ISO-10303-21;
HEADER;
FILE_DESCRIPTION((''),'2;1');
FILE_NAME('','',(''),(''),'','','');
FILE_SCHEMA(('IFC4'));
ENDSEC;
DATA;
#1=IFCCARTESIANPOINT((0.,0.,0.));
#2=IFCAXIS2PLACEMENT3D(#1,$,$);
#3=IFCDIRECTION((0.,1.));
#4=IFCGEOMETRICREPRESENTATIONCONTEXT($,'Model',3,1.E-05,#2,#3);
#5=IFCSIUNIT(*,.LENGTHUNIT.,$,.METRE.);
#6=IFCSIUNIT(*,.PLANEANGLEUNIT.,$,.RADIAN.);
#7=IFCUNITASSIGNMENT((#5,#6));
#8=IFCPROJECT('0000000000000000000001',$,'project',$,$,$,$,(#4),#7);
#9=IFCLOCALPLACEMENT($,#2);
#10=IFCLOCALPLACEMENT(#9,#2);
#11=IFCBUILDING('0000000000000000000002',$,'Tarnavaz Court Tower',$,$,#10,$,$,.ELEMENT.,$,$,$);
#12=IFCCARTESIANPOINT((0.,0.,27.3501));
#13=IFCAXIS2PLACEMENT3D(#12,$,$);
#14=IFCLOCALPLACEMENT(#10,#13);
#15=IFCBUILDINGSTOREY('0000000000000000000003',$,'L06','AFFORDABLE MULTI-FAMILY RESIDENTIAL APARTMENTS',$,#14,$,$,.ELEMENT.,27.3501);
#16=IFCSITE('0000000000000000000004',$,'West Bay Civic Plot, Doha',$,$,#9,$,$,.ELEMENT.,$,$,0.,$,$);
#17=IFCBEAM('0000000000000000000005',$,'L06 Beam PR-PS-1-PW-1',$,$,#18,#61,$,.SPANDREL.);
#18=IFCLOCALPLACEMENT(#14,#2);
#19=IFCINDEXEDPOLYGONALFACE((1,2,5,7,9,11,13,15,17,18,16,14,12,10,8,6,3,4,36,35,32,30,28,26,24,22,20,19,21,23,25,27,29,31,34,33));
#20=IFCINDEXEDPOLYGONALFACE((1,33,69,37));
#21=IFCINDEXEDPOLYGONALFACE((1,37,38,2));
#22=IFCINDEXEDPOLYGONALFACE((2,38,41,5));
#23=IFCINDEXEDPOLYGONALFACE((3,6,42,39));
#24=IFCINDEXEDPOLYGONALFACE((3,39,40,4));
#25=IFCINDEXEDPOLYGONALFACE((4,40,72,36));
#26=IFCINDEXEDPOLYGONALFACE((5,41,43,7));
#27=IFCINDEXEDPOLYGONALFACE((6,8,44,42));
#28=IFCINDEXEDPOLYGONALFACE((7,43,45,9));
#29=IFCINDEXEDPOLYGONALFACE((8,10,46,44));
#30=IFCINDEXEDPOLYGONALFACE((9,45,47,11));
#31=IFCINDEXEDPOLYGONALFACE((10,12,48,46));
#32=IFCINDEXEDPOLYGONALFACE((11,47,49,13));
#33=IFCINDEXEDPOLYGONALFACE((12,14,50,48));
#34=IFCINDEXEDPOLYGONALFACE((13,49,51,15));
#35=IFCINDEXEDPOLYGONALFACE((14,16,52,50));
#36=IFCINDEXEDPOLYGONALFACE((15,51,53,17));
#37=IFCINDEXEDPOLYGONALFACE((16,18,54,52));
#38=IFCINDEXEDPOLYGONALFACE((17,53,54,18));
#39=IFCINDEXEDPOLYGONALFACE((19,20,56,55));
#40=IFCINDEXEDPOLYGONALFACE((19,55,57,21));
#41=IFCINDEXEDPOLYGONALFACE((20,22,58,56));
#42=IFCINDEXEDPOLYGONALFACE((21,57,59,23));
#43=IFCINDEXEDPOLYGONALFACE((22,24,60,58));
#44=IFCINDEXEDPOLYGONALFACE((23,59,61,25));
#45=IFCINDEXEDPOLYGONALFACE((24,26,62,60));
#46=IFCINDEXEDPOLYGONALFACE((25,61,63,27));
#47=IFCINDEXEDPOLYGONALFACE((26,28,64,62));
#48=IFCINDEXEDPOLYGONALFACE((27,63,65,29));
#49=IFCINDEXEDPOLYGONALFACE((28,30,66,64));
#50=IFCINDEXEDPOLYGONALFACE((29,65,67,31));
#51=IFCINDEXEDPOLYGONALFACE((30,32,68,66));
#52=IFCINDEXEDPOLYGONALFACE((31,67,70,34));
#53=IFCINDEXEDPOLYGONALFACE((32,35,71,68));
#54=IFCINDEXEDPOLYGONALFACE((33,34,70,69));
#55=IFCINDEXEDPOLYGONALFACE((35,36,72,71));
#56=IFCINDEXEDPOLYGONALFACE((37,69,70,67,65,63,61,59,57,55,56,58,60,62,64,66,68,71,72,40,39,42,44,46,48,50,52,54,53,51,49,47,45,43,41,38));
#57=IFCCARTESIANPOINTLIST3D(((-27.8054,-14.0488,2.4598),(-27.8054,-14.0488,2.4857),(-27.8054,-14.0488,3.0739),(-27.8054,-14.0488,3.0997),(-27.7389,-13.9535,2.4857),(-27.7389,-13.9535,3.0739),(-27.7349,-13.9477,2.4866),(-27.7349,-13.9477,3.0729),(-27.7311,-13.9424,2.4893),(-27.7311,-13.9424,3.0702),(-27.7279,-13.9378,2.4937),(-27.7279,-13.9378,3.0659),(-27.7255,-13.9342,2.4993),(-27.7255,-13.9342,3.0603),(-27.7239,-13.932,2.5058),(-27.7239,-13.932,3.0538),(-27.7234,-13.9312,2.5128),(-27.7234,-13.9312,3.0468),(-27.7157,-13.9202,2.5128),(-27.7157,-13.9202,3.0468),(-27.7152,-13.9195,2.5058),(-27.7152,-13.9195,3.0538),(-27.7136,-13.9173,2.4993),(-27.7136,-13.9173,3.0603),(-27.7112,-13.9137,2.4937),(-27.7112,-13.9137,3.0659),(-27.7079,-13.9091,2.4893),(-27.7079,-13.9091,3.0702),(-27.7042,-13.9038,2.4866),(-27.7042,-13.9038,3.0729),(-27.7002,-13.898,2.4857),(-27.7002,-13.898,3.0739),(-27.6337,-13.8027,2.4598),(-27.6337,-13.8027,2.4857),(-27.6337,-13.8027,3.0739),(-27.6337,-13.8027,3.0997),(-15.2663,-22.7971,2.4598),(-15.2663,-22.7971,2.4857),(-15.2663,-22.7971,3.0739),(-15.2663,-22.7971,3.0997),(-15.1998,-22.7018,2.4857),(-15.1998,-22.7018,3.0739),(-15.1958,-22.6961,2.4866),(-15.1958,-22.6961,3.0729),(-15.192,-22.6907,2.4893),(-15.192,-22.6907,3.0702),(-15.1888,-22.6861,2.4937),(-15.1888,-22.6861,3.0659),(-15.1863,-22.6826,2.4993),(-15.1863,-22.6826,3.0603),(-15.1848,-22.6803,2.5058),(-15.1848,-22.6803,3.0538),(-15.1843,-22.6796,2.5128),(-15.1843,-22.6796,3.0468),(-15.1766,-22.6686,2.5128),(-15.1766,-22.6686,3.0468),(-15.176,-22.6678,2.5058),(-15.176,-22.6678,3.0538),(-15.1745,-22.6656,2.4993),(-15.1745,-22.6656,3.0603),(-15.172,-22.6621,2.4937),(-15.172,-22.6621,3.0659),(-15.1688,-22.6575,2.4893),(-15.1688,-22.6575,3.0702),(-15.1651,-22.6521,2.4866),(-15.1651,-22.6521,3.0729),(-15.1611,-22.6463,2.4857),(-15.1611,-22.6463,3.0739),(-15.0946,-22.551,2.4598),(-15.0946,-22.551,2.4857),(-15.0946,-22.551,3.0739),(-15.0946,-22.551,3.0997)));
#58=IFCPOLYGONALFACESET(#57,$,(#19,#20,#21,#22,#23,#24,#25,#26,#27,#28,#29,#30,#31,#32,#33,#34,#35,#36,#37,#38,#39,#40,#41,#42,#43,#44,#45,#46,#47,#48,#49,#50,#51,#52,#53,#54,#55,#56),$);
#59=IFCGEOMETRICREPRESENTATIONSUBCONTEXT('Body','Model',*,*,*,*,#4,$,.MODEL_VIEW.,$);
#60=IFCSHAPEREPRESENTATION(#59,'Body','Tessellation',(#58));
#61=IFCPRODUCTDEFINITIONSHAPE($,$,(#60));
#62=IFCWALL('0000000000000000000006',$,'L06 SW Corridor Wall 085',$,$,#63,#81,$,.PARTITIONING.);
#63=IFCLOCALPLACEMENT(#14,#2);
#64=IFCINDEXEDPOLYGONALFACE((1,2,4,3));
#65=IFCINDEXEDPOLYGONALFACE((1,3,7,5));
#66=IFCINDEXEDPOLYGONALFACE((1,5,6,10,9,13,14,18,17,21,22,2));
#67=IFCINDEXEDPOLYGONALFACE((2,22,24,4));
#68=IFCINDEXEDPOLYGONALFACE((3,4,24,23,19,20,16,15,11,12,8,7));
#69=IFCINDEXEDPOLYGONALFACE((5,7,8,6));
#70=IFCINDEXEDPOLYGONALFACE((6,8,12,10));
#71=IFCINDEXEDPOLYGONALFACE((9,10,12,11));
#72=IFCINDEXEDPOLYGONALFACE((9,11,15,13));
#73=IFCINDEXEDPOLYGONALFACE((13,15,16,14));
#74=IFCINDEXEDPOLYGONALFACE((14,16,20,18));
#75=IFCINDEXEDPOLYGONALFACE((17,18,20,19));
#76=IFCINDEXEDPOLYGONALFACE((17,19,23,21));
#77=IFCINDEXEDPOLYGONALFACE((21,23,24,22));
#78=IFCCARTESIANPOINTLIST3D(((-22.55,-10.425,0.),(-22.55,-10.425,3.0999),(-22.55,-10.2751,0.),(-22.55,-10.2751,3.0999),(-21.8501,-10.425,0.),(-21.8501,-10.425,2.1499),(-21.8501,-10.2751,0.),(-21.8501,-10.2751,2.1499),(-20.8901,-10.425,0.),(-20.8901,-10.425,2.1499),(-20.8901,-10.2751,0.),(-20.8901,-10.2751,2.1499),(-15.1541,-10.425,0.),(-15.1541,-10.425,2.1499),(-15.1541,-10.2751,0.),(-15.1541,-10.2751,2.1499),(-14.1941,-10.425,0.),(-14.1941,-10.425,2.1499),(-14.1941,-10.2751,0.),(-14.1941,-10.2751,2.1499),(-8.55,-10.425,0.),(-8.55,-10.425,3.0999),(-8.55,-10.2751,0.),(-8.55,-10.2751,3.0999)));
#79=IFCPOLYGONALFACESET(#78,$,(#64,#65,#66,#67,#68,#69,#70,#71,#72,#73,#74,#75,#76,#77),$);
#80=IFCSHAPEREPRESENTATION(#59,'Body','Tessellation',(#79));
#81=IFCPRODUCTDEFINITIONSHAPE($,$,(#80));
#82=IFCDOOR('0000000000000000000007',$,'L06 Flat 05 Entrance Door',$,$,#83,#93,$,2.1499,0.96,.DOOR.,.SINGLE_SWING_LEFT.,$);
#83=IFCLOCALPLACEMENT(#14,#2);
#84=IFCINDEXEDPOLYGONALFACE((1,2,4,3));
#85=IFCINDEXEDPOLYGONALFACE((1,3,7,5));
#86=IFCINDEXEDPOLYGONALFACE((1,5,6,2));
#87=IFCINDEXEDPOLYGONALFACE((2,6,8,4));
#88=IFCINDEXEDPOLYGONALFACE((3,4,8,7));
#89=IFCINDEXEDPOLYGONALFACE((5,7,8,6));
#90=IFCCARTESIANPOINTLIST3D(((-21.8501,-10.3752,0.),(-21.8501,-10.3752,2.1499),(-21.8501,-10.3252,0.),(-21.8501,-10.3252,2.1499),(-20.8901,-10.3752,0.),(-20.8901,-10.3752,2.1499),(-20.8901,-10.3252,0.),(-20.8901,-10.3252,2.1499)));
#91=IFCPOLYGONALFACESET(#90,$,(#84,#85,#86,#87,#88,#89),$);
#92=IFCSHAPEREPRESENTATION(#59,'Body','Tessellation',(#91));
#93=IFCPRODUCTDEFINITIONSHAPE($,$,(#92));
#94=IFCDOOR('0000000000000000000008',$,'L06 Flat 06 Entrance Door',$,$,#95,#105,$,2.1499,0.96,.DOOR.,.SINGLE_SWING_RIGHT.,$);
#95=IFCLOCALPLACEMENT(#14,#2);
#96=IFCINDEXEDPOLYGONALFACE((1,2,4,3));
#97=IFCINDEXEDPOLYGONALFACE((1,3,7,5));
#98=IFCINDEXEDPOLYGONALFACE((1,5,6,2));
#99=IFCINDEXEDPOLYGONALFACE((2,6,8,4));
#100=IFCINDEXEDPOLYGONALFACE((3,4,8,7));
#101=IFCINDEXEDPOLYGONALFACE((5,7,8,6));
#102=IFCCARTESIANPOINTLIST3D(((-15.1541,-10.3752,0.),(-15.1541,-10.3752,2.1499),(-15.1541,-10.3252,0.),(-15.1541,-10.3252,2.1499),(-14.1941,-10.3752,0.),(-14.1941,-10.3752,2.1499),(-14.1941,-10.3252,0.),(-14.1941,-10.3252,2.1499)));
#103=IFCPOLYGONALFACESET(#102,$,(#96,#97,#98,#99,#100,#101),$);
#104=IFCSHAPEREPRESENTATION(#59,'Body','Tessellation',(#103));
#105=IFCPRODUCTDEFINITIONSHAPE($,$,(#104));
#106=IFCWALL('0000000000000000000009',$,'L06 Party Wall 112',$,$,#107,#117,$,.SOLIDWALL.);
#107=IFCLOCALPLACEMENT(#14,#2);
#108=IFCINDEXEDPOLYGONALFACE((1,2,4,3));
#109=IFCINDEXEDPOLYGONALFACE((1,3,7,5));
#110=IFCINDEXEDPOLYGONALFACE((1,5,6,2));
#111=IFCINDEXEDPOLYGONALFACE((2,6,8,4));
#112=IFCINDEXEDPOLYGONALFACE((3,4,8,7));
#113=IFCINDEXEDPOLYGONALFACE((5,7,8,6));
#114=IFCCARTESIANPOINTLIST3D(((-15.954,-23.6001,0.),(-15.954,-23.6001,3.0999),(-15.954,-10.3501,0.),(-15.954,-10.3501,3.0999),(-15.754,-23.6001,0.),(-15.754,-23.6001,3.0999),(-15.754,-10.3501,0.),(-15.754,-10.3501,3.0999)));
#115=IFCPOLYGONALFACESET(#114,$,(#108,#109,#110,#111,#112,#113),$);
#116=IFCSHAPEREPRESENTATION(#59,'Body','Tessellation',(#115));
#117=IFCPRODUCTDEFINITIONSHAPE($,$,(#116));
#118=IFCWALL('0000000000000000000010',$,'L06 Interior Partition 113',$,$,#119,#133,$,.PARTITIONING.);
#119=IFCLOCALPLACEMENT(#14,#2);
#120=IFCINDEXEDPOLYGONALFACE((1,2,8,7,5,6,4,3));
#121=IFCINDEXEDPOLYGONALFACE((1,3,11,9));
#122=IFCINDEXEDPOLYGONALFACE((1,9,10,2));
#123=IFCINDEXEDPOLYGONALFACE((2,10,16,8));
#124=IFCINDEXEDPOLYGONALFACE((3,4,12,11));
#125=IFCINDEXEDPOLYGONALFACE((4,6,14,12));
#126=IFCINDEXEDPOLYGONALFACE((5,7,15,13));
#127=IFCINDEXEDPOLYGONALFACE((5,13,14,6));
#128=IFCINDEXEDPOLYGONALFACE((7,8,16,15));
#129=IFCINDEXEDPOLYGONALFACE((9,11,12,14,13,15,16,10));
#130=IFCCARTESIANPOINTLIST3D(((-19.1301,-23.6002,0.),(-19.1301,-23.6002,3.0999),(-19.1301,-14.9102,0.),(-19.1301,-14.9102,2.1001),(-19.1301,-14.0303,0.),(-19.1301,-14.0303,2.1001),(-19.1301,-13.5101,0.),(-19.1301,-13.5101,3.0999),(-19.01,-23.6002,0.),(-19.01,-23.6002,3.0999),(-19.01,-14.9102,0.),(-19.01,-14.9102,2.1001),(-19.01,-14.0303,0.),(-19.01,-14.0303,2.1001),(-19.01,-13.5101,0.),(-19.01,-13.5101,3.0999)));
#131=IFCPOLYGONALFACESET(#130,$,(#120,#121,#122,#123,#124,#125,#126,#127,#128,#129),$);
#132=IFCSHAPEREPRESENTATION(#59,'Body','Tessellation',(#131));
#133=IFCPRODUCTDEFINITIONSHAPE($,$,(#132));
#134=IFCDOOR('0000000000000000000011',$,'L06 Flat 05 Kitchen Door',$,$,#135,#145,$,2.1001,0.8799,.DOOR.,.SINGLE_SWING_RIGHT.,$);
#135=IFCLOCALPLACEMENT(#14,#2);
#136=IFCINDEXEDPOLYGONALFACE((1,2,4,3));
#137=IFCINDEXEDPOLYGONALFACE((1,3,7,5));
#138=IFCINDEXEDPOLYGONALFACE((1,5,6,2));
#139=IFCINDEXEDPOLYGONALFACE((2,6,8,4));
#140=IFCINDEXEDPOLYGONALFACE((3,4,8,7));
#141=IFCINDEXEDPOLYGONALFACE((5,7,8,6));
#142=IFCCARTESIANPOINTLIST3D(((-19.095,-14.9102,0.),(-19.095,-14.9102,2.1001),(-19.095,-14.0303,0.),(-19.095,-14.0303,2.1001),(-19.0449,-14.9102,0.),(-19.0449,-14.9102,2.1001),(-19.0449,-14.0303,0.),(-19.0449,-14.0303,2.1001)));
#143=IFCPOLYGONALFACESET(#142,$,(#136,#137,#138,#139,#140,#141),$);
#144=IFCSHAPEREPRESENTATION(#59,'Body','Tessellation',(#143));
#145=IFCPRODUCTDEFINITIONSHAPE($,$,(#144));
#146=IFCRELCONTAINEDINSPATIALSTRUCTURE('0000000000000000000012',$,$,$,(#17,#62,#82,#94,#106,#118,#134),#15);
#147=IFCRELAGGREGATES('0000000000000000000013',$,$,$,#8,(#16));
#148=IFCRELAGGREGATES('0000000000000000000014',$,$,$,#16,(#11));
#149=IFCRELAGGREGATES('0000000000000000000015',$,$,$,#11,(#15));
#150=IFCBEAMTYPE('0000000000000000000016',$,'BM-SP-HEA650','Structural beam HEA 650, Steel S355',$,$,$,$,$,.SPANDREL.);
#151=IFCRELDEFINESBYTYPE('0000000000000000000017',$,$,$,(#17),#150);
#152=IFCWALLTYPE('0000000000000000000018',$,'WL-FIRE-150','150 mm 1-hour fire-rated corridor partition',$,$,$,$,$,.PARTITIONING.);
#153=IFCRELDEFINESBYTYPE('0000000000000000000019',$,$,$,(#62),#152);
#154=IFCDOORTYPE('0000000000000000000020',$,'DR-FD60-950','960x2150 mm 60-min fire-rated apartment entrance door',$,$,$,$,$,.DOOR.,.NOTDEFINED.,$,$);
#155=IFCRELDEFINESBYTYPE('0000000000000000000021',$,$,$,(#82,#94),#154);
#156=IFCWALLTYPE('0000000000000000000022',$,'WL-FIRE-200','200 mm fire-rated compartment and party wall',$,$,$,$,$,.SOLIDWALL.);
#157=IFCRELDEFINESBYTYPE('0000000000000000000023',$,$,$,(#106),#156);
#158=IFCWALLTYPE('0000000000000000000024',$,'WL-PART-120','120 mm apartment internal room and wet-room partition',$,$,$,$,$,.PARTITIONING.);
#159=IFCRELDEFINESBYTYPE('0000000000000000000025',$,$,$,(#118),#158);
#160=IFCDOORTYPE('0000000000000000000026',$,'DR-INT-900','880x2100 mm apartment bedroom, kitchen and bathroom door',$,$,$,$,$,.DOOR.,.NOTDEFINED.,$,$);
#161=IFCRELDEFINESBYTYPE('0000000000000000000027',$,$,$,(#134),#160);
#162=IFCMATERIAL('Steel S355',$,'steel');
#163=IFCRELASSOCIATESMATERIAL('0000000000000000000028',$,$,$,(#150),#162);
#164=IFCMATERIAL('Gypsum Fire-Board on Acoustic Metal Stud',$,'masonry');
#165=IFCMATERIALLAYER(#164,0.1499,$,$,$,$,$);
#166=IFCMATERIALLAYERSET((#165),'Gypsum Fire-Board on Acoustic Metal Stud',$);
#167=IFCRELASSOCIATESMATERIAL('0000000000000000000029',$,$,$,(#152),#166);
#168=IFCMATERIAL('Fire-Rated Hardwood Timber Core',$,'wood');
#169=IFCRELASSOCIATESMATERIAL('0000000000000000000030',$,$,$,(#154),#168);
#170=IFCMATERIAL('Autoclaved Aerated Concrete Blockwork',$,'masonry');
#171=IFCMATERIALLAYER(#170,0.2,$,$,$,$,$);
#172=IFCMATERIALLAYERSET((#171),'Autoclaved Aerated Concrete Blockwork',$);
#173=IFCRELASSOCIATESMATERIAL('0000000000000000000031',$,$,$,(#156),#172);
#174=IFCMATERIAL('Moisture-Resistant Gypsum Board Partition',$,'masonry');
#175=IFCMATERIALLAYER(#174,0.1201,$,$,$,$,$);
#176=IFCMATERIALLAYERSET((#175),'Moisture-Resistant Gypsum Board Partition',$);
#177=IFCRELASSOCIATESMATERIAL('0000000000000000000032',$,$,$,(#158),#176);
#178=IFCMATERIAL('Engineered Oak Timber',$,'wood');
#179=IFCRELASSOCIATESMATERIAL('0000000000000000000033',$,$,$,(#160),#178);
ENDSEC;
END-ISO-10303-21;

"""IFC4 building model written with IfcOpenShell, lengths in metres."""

from ifc_helpers import new_model, si_unit, direction, frame, frame_2d, origin, origin_2d, place, context, subcontext, project, spatial, rectangle, i_section, extrude, material, layer, layer_set, material_profile, profile_set, type_object, element, fill, save


model = new_model("IFC4")

# Units and contexts
model_context = context("Model", 3, precision=1e-05, world=origin(), true_north=direction((0.0, 1.0)))
body_context = subcontext(model_context, "Body", "Model", "MODEL_VIEW")
ifc_project = project(units=[si_unit("LENGTHUNIT", "METRE"), si_unit("PLANEANGLEUNIT", "RADIAN")], contexts=[model_context])

# Site, building, storey
site_placement = place(None, origin())
site = spatial("IfcSite", under=ifc_project, at=site_placement, Name="West Bay Civic Plot, Doha", CompositionType="ELEMENT", RefElevation=0.0)
building_placement = place(site_placement, origin())
building = spatial("IfcBuilding", under=site, at=building_placement, Name="Tarnavaz Court Tower", CompositionType="ELEMENT")
storey_placement = place(building_placement, frame((0.0, 0.0, 27.3501)))
storey = spatial("IfcBuildingStorey", under=building, at=storey_placement, Name="L06", Description="AFFORDABLE MULTI-FAMILY RESIDENTIAL APARTMENTS", CompositionType="ELEMENT", Elevation=27.3501)

# Beam
ifc_material_1 = material(Name="Steel S355", Category="steel")
ifc_material_profile_1 = material_profile(ifc_material_1, i_section(OverallWidth=0.3, OverallDepth=0.6399, WebThickness=0.0134, FlangeThickness=0.0259, FilletRadius=0.0271, at=origin_2d()), Name="HEA 650")
ifc_profile_set_1 = profile_set([ifc_material_profile_1], Name="Steel S355")
beam_type_1 = type_object("IfcBeamType", Name="BM-SP-HEA650", Description="Structural beam HEA 650, Steel S355", PredefinedType="SPANDREL", material=ifc_profile_set_1)
beam_placement = place(storey_placement, frame((-15.1804, -22.6741, 2.7798), z_axis=(-0.820124, 0.572186, 0.0), x_axis=(-0.572186, -0.820124, 0.0)))
element("IfcBeam", 1, at=beam_placement, inside=storey, type_object=beam_type_1, Name="L06 Beam PR-PS-1-PW-1", PredefinedType="SPANDREL", context=body_context, shape_type="SweptSolid", body=[
    extrude(i_section(OverallWidth=0.3, OverallDepth=0.6399, WebThickness=0.0134, FlangeThickness=0.0259, FilletRadius=0.0271, at=origin_2d()), origin(), (0.0, 0.0, 1.0), 15.2893),
])

# Wall, openings, doors
ifc_material_2 = material(Name="Gypsum Fire-Board on Acoustic Metal Stud", Category="masonry")
ifc_layer_1 = layer(ifc_material_2, 0.1499)
ifc_layer_set_1 = layer_set([ifc_layer_1], Name="Gypsum Fire-Board on Acoustic Metal Stud")
wall_type_1 = type_object("IfcWallType", Name="WL-FIRE-150", Description="150 mm 1-hour fire-rated corridor partition", PredefinedType="PARTITIONING", material=ifc_layer_set_1)
wall_1_placement = place(storey_placement, frame((-22.55, -10.3501, 0.0), z_axis=(0.0, 0.0, 1.0), x_axis=(1.0, 0.0, 0.0)))
wall_1 = element("IfcWall", 2, at=wall_1_placement, inside=storey, type_object=wall_type_1, Name="L06 SW Corridor Wall 085", PredefinedType="PARTITIONING", context=body_context, shape_type="SweptSolid", body=[
    extrude(rectangle(XDim=14.0, YDim=0.1499, at=frame_2d((7.0, 0.0))), origin(), (0.0, 0.0, 1.0), 3.0999),
])
opening_1_placement = place(wall_1_placement, frame((0.7, 0.0, 0.0)))
opening_1 = element("IfcOpeningElement", 3, at=opening_1_placement, cuts=wall_1, PredefinedType="OPENING", context=body_context, shape_type="SweptSolid", body=[
    extrude(rectangle(XDim=0.96, YDim=2.1499, at=frame_2d((0.48, 1.075))), frame((0.0, 0.085, 0.0), z_axis=(0.0, -1.0, 0.0), x_axis=(1.0, 0.0, 0.0)), (0.0, 0.0, 1.0), 0.1699),
])
opening_2_placement = place(wall_1_placement, frame((7.396, 0.0, 0.0)))
opening_2 = element("IfcOpeningElement", 4, at=opening_2_placement, cuts=wall_1, PredefinedType="OPENING", context=body_context, shape_type="SweptSolid", body=[
    extrude(rectangle(XDim=0.96, YDim=2.1499, at=frame_2d((0.48, 1.075))), frame((0.0, 0.085, 0.0), z_axis=(0.0, -1.0, 0.0), x_axis=(1.0, 0.0, 0.0)), (0.0, 0.0, 1.0), 0.1699),
])
ifc_material_3 = material(Name="Fire-Rated Hardwood Timber Core", Category="wood")
door_type_1 = type_object("IfcDoorType", Name="DR-FD60-950", Description="960x2150 mm 60-min fire-rated apartment entrance door", OperationType="NOTDEFINED", PredefinedType="DOOR", material=ifc_material_3)
door_1_placement = place(opening_1_placement, origin())
door_1 = element("IfcDoor", 5, at=door_1_placement, inside=storey, type_object=door_type_1, Name="L06 Flat 05 Entrance Door", OperationType="SINGLE_SWING_LEFT", OverallHeight=2.1499, OverallWidth=0.96, PredefinedType="DOOR", context=body_context, shape_type="SweptSolid", body=[
    extrude(rectangle(XDim=0.96, YDim=2.1499, at=frame_2d((0.48, 1.075))), frame((0.0, 0.0249, 0.0), z_axis=(0.0, -1.0, 0.0), x_axis=(1.0, 0.0, 0.0)), (0.0, 0.0, 1.0), 0.05),
])
fill(opening_1, door_1)
door_2_placement = place(opening_2_placement, origin())
door_2 = element("IfcDoor", 6, at=door_2_placement, inside=storey, type_object=door_type_1, Name="L06 Flat 06 Entrance Door", OperationType="SINGLE_SWING_RIGHT", OverallHeight=2.1499, OverallWidth=0.96, PredefinedType="DOOR", context=body_context, shape_type="SweptSolid", body=[
    extrude(rectangle(XDim=0.96, YDim=2.1499, at=frame_2d((0.48, 1.075))), frame((0.0, 0.0249, 0.0), z_axis=(0.0, -1.0, 0.0), x_axis=(1.0, 0.0, 0.0)), (0.0, 0.0, 1.0), 0.05),
])
fill(opening_2, door_2)

# Wall
ifc_material_4 = material(Name="Autoclaved Aerated Concrete Blockwork", Category="masonry")
ifc_layer_2 = layer(ifc_material_4, 0.2)
ifc_layer_set_2 = layer_set([ifc_layer_2], Name="Autoclaved Aerated Concrete Blockwork")
wall_type_2 = type_object("IfcWallType", Name="WL-FIRE-200", Description="200 mm fire-rated compartment and party wall", PredefinedType="SOLIDWALL", material=ifc_layer_set_2)
wall_2_placement = place(storey_placement, frame((-15.854, -23.6001, 0.0), z_axis=(0.0, 0.0, 1.0), x_axis=(0.0, 1.0, 0.0)))
element("IfcWall", 7, at=wall_2_placement, inside=storey, type_object=wall_type_2, Name="L06 Party Wall 112", PredefinedType="SOLIDWALL", context=body_context, shape_type="SweptSolid", body=[
    extrude(rectangle(XDim=13.25, YDim=0.2, at=frame_2d((6.625, 0.0))), origin(), (0.0, 0.0, 1.0), 3.0999),
])

# Wall, opening, door
ifc_material_5 = material(Name="Moisture-Resistant Gypsum Board Partition", Category="masonry")
ifc_layer_3 = layer(ifc_material_5, 0.1201)
ifc_layer_set_3 = layer_set([ifc_layer_3], Name="Moisture-Resistant Gypsum Board Partition")
wall_type_3 = type_object("IfcWallType", Name="WL-PART-120", Description="120 mm apartment internal room and wet-room partition", PredefinedType="PARTITIONING", material=ifc_layer_set_3)
wall_3_placement = place(storey_placement, frame((-19.0701, -23.6001, 0.0), z_axis=(0.0, 0.0, 1.0), x_axis=(0.0, 1.0, 0.0)))
wall_3 = element("IfcWall", 8, at=wall_3_placement, inside=storey, type_object=wall_type_3, Name="L06 Interior Partition 113", PredefinedType="PARTITIONING", context=body_context, shape_type="SweptSolid", body=[
    extrude(rectangle(XDim=10.0901, YDim=0.1201, at=frame_2d((5.0449, 0.0))), origin(), (0.0, 0.0, 1.0), 3.0999),
])
opening_3_placement = place(wall_3_placement, frame((8.6899, 0.0, 0.0)))
opening_3 = element("IfcOpeningElement", 9, at=opening_3_placement, cuts=wall_3, PredefinedType="OPENING", context=body_context, shape_type="SweptSolid", body=[
    extrude(rectangle(XDim=0.8799, YDim=2.1001, at=frame_2d((0.4399, 1.05))), frame((0.0, 0.0701, 0.0), z_axis=(0.0, -1.0, 0.0), x_axis=(1.0, 0.0, 0.0)), (0.0, 0.0, 1.0), 0.1401),
])
ifc_material_6 = material(Name="Engineered Oak Timber", Category="wood")
door_type_2 = type_object("IfcDoorType", Name="DR-INT-900", Description="880x2100 mm apartment bedroom, kitchen and bathroom door", OperationType="NOTDEFINED", PredefinedType="DOOR", material=ifc_material_6)
door_3_placement = place(opening_3_placement, origin())
door_3 = element("IfcDoor", 10, at=door_3_placement, inside=storey, type_object=door_type_2, Name="L06 Flat 05 Kitchen Door", OperationType="SINGLE_SWING_RIGHT", OverallHeight=2.1001, OverallWidth=0.8799, PredefinedType="DOOR", context=body_context, shape_type="SweptSolid", body=[
    extrude(rectangle(XDim=0.8799, YDim=2.1001, at=frame_2d((0.4399, 1.05))), frame((0.0, 0.0249, 0.0), z_axis=(0.0, -1.0, 0.0), x_axis=(1.0, 0.0, 0.0)), (0.0, 0.0, 1.0), 0.05),
])
fill(opening_3, door_3)

save(model, "model.ifc")
